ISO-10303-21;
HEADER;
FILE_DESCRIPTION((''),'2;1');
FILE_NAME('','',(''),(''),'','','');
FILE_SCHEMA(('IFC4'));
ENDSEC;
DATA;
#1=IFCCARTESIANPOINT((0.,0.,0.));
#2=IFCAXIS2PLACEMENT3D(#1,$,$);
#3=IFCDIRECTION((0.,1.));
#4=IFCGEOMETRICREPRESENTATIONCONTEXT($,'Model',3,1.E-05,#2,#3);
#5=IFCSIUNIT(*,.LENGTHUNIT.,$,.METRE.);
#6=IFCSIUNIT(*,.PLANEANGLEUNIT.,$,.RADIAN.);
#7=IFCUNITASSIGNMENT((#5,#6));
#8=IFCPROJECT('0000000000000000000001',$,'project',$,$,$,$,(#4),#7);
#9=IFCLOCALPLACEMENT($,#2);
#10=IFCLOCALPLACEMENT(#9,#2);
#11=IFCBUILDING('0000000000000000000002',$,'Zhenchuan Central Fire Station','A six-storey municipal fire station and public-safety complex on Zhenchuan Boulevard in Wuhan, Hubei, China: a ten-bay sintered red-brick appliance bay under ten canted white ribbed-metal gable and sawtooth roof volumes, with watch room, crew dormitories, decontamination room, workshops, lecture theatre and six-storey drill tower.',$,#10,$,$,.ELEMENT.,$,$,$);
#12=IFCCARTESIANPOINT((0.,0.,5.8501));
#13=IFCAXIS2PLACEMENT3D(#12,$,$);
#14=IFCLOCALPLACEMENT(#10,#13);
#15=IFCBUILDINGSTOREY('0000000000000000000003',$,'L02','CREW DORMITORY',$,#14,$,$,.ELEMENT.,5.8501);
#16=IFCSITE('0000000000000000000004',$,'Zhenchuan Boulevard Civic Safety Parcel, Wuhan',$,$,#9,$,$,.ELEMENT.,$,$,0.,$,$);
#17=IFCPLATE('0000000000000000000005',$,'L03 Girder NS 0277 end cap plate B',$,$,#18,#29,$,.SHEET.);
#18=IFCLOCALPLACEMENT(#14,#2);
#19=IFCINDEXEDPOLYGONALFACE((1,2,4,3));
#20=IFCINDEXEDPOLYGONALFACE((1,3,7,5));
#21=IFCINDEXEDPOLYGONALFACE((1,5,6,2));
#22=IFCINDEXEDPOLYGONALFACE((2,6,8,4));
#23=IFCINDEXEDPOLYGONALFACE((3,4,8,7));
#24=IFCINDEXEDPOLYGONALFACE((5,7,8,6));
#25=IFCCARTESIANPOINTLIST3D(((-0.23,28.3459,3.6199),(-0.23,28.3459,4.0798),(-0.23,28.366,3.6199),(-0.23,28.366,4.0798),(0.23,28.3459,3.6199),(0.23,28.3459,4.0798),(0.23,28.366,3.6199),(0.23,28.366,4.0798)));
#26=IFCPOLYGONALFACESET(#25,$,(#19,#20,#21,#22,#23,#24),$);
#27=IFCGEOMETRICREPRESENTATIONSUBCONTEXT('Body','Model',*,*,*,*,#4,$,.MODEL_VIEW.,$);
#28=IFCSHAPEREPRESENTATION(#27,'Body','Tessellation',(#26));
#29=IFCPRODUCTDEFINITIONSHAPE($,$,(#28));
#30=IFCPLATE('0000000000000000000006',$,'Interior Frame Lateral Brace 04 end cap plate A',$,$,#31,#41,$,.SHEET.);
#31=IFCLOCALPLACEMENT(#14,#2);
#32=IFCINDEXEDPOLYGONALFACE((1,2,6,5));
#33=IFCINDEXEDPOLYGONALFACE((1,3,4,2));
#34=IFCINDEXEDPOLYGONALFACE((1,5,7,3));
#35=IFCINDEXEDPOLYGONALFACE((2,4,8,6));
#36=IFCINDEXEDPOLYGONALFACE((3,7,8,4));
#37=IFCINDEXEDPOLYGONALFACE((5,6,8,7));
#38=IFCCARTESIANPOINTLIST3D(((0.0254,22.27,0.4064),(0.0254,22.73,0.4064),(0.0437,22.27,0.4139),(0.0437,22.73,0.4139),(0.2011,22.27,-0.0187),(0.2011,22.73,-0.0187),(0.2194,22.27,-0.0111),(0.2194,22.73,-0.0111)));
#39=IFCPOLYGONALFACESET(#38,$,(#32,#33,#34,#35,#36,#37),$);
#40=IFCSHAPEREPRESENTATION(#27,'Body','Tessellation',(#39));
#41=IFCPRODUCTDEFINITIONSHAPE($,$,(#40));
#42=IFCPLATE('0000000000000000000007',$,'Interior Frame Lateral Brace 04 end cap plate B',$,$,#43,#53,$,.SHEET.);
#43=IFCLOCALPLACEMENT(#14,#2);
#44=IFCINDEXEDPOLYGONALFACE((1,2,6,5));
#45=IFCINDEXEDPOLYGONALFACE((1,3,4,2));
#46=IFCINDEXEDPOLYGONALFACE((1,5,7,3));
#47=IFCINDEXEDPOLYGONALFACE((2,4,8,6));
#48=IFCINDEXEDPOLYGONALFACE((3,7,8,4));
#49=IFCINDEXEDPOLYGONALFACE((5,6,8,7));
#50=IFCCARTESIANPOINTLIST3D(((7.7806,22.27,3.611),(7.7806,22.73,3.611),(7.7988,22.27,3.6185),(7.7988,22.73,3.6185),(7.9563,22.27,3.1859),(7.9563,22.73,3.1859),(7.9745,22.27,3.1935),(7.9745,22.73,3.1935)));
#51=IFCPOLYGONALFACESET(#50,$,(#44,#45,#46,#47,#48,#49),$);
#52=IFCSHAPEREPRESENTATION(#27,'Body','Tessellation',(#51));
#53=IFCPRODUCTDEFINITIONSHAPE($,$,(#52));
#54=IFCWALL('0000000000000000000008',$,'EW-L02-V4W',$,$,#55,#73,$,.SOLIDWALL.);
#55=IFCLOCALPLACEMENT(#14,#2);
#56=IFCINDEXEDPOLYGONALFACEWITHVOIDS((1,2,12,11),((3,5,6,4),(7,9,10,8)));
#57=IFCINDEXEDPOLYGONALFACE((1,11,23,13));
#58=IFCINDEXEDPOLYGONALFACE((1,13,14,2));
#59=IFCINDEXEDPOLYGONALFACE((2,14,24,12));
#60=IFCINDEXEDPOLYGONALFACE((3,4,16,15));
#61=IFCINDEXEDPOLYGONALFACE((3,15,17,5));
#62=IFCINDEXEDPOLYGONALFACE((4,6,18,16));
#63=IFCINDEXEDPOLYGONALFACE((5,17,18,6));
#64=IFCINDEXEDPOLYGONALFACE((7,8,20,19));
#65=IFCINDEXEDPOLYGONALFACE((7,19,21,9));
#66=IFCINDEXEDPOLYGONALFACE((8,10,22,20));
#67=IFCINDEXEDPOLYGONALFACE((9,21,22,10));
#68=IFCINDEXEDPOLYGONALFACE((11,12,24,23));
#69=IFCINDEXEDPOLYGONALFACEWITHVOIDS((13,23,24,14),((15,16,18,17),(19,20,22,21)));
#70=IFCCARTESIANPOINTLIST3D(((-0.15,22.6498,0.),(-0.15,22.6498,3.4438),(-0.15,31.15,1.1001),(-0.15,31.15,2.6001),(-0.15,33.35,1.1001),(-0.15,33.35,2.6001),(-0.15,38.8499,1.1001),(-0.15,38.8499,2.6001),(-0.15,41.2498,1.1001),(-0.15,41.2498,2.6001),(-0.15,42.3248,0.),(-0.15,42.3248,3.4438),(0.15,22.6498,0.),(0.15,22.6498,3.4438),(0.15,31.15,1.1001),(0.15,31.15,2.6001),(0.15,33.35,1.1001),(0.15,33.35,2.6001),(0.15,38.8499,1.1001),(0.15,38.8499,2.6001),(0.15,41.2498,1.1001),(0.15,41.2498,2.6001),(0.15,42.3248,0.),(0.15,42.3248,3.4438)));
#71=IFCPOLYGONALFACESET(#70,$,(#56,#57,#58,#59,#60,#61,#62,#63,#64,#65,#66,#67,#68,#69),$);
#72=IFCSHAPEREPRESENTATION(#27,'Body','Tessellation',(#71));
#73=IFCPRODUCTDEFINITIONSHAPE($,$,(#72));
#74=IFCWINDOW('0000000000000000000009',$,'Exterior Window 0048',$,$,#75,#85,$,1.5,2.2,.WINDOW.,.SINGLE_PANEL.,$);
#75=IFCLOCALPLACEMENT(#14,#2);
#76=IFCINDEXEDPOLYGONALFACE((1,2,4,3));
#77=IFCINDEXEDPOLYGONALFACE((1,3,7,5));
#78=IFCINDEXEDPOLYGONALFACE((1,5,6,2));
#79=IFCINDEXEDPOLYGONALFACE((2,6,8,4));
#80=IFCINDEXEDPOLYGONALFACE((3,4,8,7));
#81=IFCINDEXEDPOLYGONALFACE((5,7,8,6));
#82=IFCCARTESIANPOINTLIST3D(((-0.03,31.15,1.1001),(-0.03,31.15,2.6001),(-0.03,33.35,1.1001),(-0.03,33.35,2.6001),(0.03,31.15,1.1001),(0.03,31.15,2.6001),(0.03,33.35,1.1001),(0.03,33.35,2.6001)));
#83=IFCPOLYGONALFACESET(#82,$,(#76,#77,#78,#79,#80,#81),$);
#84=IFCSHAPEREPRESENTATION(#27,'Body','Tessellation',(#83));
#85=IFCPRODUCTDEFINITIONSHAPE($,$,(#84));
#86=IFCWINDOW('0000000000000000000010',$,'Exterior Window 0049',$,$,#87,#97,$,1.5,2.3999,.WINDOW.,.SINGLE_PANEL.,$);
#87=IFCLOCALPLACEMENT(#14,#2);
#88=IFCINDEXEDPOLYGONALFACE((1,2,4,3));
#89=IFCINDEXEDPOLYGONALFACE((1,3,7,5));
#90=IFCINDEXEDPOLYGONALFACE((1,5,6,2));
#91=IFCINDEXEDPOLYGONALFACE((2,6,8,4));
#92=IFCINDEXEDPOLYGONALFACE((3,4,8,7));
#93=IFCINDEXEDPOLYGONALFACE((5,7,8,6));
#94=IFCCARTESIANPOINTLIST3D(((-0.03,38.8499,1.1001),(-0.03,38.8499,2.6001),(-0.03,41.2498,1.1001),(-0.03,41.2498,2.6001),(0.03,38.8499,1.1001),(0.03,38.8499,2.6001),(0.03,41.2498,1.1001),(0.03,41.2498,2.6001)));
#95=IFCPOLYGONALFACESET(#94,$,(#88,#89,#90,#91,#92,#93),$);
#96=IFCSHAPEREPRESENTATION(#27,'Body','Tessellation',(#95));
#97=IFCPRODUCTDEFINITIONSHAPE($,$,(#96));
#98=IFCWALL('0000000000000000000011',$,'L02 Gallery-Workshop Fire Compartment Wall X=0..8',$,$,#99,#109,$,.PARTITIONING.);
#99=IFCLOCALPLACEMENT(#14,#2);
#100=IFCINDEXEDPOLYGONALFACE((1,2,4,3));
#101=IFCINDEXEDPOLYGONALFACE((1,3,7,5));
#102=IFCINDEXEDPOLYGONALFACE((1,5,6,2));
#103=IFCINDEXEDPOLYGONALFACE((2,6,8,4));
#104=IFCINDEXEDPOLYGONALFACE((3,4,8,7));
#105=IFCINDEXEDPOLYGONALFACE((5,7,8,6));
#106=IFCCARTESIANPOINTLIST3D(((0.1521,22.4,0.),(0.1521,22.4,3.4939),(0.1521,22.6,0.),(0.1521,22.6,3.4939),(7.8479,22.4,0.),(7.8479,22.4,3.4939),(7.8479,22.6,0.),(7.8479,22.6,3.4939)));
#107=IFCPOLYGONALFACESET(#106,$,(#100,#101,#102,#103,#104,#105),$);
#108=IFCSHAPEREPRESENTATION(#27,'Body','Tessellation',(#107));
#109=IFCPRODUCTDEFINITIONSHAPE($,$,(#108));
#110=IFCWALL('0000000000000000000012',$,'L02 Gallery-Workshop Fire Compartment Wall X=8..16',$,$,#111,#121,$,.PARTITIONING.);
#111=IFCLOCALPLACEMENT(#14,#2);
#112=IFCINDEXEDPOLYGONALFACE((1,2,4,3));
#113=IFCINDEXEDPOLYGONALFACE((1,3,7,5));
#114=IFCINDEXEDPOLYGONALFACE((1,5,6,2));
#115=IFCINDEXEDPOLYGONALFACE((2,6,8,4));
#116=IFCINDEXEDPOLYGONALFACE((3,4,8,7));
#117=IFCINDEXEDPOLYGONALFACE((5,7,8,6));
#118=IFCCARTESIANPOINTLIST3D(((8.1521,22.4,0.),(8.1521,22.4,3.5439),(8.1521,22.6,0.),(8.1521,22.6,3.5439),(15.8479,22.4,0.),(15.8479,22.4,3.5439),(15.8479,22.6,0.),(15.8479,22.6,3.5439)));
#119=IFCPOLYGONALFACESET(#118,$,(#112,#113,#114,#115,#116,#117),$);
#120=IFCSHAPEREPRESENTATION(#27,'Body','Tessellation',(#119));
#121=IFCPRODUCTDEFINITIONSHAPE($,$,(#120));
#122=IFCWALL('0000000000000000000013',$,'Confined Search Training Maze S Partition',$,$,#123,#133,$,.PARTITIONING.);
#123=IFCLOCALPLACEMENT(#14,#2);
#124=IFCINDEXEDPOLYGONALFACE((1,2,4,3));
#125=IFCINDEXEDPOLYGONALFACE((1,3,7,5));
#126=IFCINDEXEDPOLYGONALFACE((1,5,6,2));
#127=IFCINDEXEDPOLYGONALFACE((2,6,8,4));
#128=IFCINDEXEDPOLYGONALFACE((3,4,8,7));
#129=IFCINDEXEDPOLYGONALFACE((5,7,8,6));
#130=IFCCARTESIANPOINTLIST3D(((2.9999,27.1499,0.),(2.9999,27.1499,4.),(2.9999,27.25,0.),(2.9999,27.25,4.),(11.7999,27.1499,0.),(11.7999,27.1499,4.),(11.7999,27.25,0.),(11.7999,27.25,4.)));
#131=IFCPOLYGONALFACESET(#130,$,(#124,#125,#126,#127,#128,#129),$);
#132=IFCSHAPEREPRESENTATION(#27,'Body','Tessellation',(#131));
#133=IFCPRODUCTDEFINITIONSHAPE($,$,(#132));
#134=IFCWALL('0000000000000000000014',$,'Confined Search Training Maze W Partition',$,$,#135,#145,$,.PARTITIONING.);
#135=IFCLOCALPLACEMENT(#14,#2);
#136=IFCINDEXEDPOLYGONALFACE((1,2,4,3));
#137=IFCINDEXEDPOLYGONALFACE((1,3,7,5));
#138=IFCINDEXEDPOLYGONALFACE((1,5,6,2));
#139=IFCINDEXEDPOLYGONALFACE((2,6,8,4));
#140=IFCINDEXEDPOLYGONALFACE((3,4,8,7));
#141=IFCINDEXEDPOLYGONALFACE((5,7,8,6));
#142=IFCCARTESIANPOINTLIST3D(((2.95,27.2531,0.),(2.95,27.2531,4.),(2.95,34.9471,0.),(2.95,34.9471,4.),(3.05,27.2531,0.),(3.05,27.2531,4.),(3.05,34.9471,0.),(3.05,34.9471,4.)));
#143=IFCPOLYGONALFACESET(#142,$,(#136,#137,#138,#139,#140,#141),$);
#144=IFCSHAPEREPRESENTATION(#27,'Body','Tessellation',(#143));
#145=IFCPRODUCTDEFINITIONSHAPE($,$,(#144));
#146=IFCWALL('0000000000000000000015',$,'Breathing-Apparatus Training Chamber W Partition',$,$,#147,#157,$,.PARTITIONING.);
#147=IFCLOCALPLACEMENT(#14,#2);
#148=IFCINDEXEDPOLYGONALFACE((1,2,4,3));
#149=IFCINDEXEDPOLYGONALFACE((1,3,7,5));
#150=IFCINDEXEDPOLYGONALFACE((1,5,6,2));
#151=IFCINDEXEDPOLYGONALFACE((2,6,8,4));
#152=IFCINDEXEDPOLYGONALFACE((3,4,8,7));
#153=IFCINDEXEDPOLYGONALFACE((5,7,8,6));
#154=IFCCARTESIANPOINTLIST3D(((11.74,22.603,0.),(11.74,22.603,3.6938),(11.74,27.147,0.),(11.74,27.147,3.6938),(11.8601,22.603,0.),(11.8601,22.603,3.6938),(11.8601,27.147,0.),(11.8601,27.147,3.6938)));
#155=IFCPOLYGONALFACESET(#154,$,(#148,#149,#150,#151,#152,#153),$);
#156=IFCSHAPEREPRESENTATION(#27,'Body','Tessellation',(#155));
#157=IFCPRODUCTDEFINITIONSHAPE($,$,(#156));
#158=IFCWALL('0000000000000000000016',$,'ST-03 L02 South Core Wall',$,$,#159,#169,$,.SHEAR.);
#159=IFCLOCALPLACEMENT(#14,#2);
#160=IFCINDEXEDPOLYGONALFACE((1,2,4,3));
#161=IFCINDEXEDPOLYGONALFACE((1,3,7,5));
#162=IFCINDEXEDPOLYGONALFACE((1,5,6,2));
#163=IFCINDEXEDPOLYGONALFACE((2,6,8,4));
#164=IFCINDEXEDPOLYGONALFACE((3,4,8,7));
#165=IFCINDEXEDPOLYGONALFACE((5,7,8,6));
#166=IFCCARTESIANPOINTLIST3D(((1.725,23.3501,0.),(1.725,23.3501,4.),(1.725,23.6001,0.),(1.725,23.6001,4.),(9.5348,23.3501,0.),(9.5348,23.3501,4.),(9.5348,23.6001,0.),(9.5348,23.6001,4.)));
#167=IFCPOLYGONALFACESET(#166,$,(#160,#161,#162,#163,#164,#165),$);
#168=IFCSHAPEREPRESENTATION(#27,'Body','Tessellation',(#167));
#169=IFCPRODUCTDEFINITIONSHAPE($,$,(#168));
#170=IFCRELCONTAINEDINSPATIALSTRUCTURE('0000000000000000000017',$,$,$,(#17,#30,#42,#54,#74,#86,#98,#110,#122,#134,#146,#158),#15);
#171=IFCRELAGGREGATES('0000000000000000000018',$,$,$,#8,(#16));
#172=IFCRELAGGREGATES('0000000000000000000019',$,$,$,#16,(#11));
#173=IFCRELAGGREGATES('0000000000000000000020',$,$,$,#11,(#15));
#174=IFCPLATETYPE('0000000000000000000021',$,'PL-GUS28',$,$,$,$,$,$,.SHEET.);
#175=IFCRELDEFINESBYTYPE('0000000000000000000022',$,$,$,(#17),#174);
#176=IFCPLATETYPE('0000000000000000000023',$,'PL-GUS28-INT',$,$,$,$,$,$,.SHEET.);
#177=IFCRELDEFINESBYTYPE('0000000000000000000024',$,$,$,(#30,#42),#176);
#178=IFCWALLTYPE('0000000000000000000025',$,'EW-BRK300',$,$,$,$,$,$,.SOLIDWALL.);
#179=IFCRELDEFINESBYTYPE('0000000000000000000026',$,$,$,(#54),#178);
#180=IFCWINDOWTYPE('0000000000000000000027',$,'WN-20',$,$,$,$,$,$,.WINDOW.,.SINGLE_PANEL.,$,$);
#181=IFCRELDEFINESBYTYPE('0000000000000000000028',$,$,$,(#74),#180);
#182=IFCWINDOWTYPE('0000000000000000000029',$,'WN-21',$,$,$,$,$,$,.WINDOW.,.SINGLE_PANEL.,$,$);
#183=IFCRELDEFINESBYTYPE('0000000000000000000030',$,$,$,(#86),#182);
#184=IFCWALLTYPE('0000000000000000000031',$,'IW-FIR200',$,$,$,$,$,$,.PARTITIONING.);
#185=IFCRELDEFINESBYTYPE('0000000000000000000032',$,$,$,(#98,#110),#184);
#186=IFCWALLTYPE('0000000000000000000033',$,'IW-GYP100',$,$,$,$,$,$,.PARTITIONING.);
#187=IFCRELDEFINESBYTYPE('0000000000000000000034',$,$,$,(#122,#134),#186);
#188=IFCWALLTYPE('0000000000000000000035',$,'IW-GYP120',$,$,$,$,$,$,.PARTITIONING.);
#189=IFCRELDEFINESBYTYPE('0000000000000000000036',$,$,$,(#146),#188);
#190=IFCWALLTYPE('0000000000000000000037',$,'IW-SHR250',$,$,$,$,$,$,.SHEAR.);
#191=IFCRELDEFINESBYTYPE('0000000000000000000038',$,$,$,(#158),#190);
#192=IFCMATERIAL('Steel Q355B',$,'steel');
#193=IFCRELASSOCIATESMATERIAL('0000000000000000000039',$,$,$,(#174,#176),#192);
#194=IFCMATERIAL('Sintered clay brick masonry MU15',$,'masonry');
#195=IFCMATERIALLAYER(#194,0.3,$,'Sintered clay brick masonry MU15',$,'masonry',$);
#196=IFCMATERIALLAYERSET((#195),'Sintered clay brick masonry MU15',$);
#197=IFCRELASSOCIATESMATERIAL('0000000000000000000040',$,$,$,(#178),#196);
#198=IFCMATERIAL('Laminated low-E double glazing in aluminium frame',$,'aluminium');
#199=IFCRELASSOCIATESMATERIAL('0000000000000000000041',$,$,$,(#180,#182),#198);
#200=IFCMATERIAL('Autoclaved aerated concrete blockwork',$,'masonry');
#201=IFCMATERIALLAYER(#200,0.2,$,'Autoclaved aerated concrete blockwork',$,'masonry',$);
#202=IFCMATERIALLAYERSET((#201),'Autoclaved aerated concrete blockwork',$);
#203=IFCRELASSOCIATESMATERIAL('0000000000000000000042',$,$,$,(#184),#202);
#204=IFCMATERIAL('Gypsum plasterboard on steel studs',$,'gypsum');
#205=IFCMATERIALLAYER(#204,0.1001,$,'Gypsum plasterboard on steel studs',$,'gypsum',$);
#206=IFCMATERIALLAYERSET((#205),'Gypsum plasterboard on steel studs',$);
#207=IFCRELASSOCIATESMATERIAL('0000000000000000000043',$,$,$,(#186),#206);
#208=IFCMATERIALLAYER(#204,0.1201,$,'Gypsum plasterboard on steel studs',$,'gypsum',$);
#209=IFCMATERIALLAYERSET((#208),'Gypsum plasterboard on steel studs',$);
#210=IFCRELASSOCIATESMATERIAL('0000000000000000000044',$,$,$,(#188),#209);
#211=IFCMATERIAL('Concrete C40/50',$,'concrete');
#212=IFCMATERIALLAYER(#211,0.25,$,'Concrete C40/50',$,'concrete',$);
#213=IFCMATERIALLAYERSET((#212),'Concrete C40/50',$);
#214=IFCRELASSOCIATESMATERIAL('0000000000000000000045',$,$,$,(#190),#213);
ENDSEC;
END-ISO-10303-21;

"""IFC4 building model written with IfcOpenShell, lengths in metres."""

from ifc_helpers import new_model, si_unit, direction, frame, frame_2d, origin, origin_2d, place, context, subcontext, project, spatial, rectangle, extrude, material, layer, layer_set, material_profile, profile_set, type_object, element, fill, save


model = new_model("IFC4")

# Units and contexts
model_context = context("Model", 3, precision=1e-05, world=origin(), true_north=direction((0.0, 1.0)))
body_context = subcontext(model_context, "Body", "Model", "MODEL_VIEW")
ifc_project = project(units=[si_unit("LENGTHUNIT", "METRE"), si_unit("PLANEANGLEUNIT", "RADIAN")], contexts=[model_context])

# Site, building, storey
site_placement = place(None, origin())
site = spatial("IfcSite", under=ifc_project, at=site_placement, Name="Zhenchuan Boulevard Civic Safety Parcel, Wuhan", CompositionType="ELEMENT", RefElevation=0.0)
building_placement = place(site_placement, origin())
building = spatial("IfcBuilding", under=site, at=building_placement, Name="Zhenchuan Central Fire Station", Description="A six-storey municipal fire station and public-safety complex on Zhenchuan Boulevard in Wuhan, Hubei, China: a ten-bay sintered red-brick appliance bay under ten canted white ribbed-metal gable and sawtooth roof volumes, with watch room, crew dormitories, decontamination room, workshops, lecture theatre and six-storey drill tower.", CompositionType="ELEMENT")
storey_placement = place(building_placement, frame((0.0, 0.0, 5.8501)))
storey = spatial("IfcBuildingStorey", under=building, at=storey_placement, Name="L02", Description="CREW DORMITORY", CompositionType="ELEMENT", Elevation=5.8501)

# Shared definitions
ifc_material_1 = material(Name="Steel Q355B", Category="steel")

# Plates
ifc_material_profile_1 = material_profile(ifc_material_1, rectangle(XDim=0.46, YDim=0.46, at=origin_2d()), Name="PL 460x460x28")
ifc_profile_set_1 = profile_set([ifc_material_profile_1], Name="Steel Q355B")
plate_type_1 = type_object("IfcPlateType", Name="PL-GUS28", PredefinedType="SHEET", material=ifc_profile_set_1)
for number, where, z_axis, x_axis, name in (
    (1, (0.0, 28.3459, 3.8499), (0.0, 1.0, 0.0), (-1.0, 0.0, 0.0), "L03 Girder NS 0277 end cap plate B"),
):
    element("IfcPlate", number, at=place(storey_placement, frame(where, z_axis=z_axis, x_axis=x_axis)), inside=storey, type_object=plate_type_1, Name=name, PredefinedType="SHEET", context=body_context, shape_type="SweptSolid", body=[
        extrude(rectangle(XDim=0.46, YDim=0.46, at=origin_2d()), origin(), (0.0, 0.0, 1.0), 0.02),
    ])
ifc_material_profile_2 = material_profile(ifc_material_1, rectangle(XDim=0.46, YDim=0.46, at=origin_2d()), Name="PL 460x460x28")
ifc_profile_set_2 = profile_set([ifc_material_profile_2], Name="Steel Q355B")
plate_type_2 = type_object("IfcPlateType", Name="PL-GUS28-INT", PredefinedType="SHEET", material=ifc_profile_set_2)
for number, where, z_axis, x_axis, name in (
    (2, (0.1133, 22.5, 0.1938), (0.924167, 0.0, 0.381989), (0.0, 1.0, 0.0), "Interior Frame Lateral Brace 04 end cap plate A"),
    (3, (7.8684, 22.5, 3.3984), (0.924167, 0.0, 0.381989), (0.0, 1.0, 0.0), "Interior Frame Lateral Brace 04 end cap plate B"),
):
    element("IfcPlate", number, at=place(storey_placement, frame(where, z_axis=z_axis, x_axis=x_axis)), inside=storey, type_object=plate_type_2, Name=name, PredefinedType="SHEET", context=body_context, shape_type="SweptSolid", body=[
        extrude(rectangle(XDim=0.46, YDim=0.46, at=origin_2d()), origin(), (0.0, 0.0, 1.0), 0.0198),
    ])

# Wall, openings, windows
ifc_material_2 = material(Name="Sintered clay brick masonry MU15", Category="masonry")
ifc_layer_1 = layer(ifc_material_2, 0.3, Name="Sintered clay brick masonry MU15", Category="masonry")
ifc_layer_set_1 = layer_set([ifc_layer_1], Name="Sintered clay brick masonry MU15")
wall_type_1 = type_object("IfcWallType", Name="EW-BRK300", PredefinedType="SOLIDWALL", material=ifc_layer_set_1)
wall_1_placement = place(storey_placement, frame((0.0, 22.6499, 0.0), z_axis=(0.0, 0.0, 1.0), x_axis=(0.0, 1.0, 0.0)))
wall_1 = element("IfcWall", 4, at=wall_1_placement, inside=storey, type_object=wall_type_1, Name="EW-L02-V4W", PredefinedType="SOLIDWALL", context=body_context, shape_type="SweptSolid", body=[
    extrude(rectangle(XDim=19.675, YDim=0.3, at=frame_2d((9.8374, 0.0))), origin(), (0.0, 0.0, 1.0), 3.4438),
])
opening_1_placement = place(wall_1_placement, frame((8.5, 0.0, 1.1001)))
opening_1 = element("IfcOpeningElement", 5, at=opening_1_placement, cuts=wall_1, PredefinedType="OPENING", context=body_context, shape_type="SweptSolid", body=[
    extrude(rectangle(XDim=2.2, YDim=1.5, at=frame_2d((1.1001, 0.75))), frame((0.0, 0.1599, 0.0), z_axis=(0.0, -1.0, 0.0), x_axis=(1.0, 0.0, 0.0)), (0.0, 0.0, 1.0), 0.3201),
])
opening_2_placement = place(wall_1_placement, frame((16.2, 0.0, 1.1001)))
opening_2 = element("IfcOpeningElement", 6, at=opening_2_placement, cuts=wall_1, PredefinedType="OPENING", context=body_context, shape_type="SweptSolid", body=[
    extrude(rectangle(XDim=2.3999, YDim=1.5, at=frame_2d((1.2, 0.75))), frame((0.0, 0.1599, 0.0), z_axis=(0.0, -1.0, 0.0), x_axis=(1.0, 0.0, 0.0)), (0.0, 0.0, 1.0), 0.3201),
])
ifc_material_3 = material(Name="Laminated low-E double glazing in aluminium frame", Category="aluminium")
window_type_1 = type_object("IfcWindowType", Name="WN-20", PartitioningType="SINGLE_PANEL", PredefinedType="WINDOW", material=ifc_material_3)
window_1_placement = place(opening_1_placement, origin())
window_1 = element("IfcWindow", 7, at=window_1_placement, inside=storey, type_object=window_type_1, Name="Exterior Window 0048", OverallHeight=1.5, OverallWidth=2.2, PartitioningType="SINGLE_PANEL", PredefinedType="WINDOW", context=body_context, shape_type="SweptSolid", body=[
    extrude(rectangle(XDim=2.2, YDim=1.5, at=frame_2d((1.1001, 0.75))), frame((0.0, 0.03, 0.0), z_axis=(0.0, -1.0, 0.0), x_axis=(1.0, 0.0, 0.0)), (0.0, 0.0, 1.0), 0.0601),
])
fill(opening_1, window_1)
window_type_2 = type_object("IfcWindowType", Name="WN-21", PartitioningType="SINGLE_PANEL", PredefinedType="WINDOW", material=ifc_material_3)
window_2_placement = place(opening_2_placement, origin())
window_2 = element("IfcWindow", 8, at=window_2_placement, inside=storey, type_object=window_type_2, Name="Exterior Window 0049", OverallHeight=1.5, OverallWidth=2.3999, PartitioningType="SINGLE_PANEL", PredefinedType="WINDOW", context=body_context, shape_type="SweptSolid", body=[
    extrude(rectangle(XDim=2.3999, YDim=1.5, at=frame_2d((1.2, 0.75))), frame((0.0, 0.03, 0.0), z_axis=(0.0, -1.0, 0.0), x_axis=(1.0, 0.0, 0.0)), (0.0, 0.0, 1.0), 0.0601),
])
fill(opening_2, window_2)

# Walls
ifc_material_4 = material(Name="Autoclaved aerated concrete blockwork", Category="masonry")
ifc_layer_2 = layer(ifc_material_4, 0.2, Name="Autoclaved aerated concrete blockwork", Category="masonry")
ifc_layer_set_2 = layer_set([ifc_layer_2], Name="Autoclaved aerated concrete blockwork")
wall_type_2 = type_object("IfcWallType", Name="IW-FIR200", PredefinedType="PARTITIONING", material=ifc_layer_set_2)
wall_2_placement = place(storey_placement, frame((0.1521, 22.5, 0.0), z_axis=(0.0, 0.0, 1.0), x_axis=(1.0, 0.0, 0.0)))
element("IfcWall", 9, at=wall_2_placement, inside=storey, type_object=wall_type_2, Name="L02 Gallery-Workshop Fire Compartment Wall X=0..8", PredefinedType="PARTITIONING", context=body_context, shape_type="SweptSolid", body=[
    extrude(rectangle(XDim=7.6958, YDim=0.2, at=frame_2d((3.8479, 0.0))), origin(), (0.0, 0.0, 1.0), 3.4939),
])
wall_3_placement = place(storey_placement, frame((8.1521, 22.5, 0.0), z_axis=(0.0, 0.0, 1.0), x_axis=(1.0, 0.0, 0.0)))
element("IfcWall", 10, at=wall_3_placement, inside=storey, type_object=wall_type_2, Name="L02 Gallery-Workshop Fire Compartment Wall X=8..16", PredefinedType="PARTITIONING", context=body_context, shape_type="SweptSolid", body=[
    extrude(rectangle(XDim=7.6958, YDim=0.2, at=frame_2d((3.8479, 0.0))), origin(), (0.0, 0.0, 1.0), 3.5439),
])
ifc_material_5 = material(Name="Gypsum plasterboard on steel studs", Category="gypsum")
ifc_layer_3 = layer(ifc_material_5, 0.1001, Name="Gypsum plasterboard on steel studs", Category="gypsum")
ifc_layer_set_3 = layer_set([ifc_layer_3], Name="Gypsum plasterboard on steel studs")
wall_type_3 = type_object("IfcWallType", Name="IW-GYP100", PredefinedType="PARTITIONING", material=ifc_layer_set_3)
wall_4_placement = place(storey_placement, frame((3.0, 27.2, 0.0), z_axis=(0.0, 0.0, 1.0), x_axis=(1.0, 0.0, 0.0)))
element("IfcWall", 11, at=wall_4_placement, inside=storey, type_object=wall_type_3, Name="Confined Search Training Maze S Partition", PredefinedType="PARTITIONING", context=body_context, shape_type="SweptSolid", body=[
    extrude(rectangle(XDim=8.8, YDim=0.1001, at=frame_2d((4.3999, 0.0))), origin(), (0.0, 0.0, 1.0), 4.0),
])
wall_5_placement = place(storey_placement, frame((3.0, 27.2529, 0.0), z_axis=(0.0, 0.0, 1.0), x_axis=(0.0, 1.0, 0.0)))
element("IfcWall", 12, at=wall_5_placement, inside=storey, type_object=wall_type_3, Name="Confined Search Training Maze W Partition", PredefinedType="PARTITIONING", context=body_context, shape_type="SweptSolid", body=[
    extrude(rectangle(XDim=7.6941, YDim=0.1001, at=frame_2d((3.8472, 0.0))), origin(), (0.0, 0.0, 1.0), 4.0),
])
ifc_layer_4 = layer(ifc_material_5, 0.1201, Name="Gypsum plasterboard on steel studs", Category="gypsum")
ifc_layer_set_4 = layer_set([ifc_layer_4], Name="Gypsum plasterboard on steel studs")
wall_type_4 = type_object("IfcWallType", Name="IW-GYP120", PredefinedType="PARTITIONING", material=ifc_layer_set_4)
wall_6_placement = place(storey_placement, frame((11.8, 22.603, 0.0), z_axis=(0.0, 0.0, 1.0), x_axis=(0.0, 1.0, 0.0)))
element("IfcWall", 13, at=wall_6_placement, inside=storey, type_object=wall_type_4, Name="Breathing-Apparatus Training Chamber W Partition", PredefinedType="PARTITIONING", context=body_context, shape_type="SweptSolid", body=[
    extrude(rectangle(XDim=4.5439, YDim=0.1201, at=frame_2d((2.272, 0.0))), origin(), (0.0, 0.0, 1.0), 3.6938),
])
ifc_material_6 = material(Name="Concrete C40/50", Category="concrete")
ifc_layer_5 = layer(ifc_material_6, 0.25, Name="Concrete C40/50", Category="concrete")
ifc_layer_set_5 = layer_set([ifc_layer_5], Name="Concrete C40/50")
wall_type_5 = type_object("IfcWallType", Name="IW-SHR250", PredefinedType="SHEAR", material=ifc_layer_set_5)
wall_7_placement = place(storey_placement, frame((1.7251, 23.4751, 0.0), z_axis=(0.0, 0.0, 1.0), x_axis=(1.0, 0.0, 0.0)))
element("IfcWall", 14, at=wall_7_placement, inside=storey, type_object=wall_type_5, Name="ST-03 L02 South Core Wall", PredefinedType="SHEAR", context=body_context, shape_type="SweptSolid", body=[
    extrude(rectangle(XDim=7.8098, YDim=0.25, at=frame_2d((3.9048, 0.0))), origin(), (0.0, 0.0, 1.0), 4.0),
])

save(model, "model.ifc")
